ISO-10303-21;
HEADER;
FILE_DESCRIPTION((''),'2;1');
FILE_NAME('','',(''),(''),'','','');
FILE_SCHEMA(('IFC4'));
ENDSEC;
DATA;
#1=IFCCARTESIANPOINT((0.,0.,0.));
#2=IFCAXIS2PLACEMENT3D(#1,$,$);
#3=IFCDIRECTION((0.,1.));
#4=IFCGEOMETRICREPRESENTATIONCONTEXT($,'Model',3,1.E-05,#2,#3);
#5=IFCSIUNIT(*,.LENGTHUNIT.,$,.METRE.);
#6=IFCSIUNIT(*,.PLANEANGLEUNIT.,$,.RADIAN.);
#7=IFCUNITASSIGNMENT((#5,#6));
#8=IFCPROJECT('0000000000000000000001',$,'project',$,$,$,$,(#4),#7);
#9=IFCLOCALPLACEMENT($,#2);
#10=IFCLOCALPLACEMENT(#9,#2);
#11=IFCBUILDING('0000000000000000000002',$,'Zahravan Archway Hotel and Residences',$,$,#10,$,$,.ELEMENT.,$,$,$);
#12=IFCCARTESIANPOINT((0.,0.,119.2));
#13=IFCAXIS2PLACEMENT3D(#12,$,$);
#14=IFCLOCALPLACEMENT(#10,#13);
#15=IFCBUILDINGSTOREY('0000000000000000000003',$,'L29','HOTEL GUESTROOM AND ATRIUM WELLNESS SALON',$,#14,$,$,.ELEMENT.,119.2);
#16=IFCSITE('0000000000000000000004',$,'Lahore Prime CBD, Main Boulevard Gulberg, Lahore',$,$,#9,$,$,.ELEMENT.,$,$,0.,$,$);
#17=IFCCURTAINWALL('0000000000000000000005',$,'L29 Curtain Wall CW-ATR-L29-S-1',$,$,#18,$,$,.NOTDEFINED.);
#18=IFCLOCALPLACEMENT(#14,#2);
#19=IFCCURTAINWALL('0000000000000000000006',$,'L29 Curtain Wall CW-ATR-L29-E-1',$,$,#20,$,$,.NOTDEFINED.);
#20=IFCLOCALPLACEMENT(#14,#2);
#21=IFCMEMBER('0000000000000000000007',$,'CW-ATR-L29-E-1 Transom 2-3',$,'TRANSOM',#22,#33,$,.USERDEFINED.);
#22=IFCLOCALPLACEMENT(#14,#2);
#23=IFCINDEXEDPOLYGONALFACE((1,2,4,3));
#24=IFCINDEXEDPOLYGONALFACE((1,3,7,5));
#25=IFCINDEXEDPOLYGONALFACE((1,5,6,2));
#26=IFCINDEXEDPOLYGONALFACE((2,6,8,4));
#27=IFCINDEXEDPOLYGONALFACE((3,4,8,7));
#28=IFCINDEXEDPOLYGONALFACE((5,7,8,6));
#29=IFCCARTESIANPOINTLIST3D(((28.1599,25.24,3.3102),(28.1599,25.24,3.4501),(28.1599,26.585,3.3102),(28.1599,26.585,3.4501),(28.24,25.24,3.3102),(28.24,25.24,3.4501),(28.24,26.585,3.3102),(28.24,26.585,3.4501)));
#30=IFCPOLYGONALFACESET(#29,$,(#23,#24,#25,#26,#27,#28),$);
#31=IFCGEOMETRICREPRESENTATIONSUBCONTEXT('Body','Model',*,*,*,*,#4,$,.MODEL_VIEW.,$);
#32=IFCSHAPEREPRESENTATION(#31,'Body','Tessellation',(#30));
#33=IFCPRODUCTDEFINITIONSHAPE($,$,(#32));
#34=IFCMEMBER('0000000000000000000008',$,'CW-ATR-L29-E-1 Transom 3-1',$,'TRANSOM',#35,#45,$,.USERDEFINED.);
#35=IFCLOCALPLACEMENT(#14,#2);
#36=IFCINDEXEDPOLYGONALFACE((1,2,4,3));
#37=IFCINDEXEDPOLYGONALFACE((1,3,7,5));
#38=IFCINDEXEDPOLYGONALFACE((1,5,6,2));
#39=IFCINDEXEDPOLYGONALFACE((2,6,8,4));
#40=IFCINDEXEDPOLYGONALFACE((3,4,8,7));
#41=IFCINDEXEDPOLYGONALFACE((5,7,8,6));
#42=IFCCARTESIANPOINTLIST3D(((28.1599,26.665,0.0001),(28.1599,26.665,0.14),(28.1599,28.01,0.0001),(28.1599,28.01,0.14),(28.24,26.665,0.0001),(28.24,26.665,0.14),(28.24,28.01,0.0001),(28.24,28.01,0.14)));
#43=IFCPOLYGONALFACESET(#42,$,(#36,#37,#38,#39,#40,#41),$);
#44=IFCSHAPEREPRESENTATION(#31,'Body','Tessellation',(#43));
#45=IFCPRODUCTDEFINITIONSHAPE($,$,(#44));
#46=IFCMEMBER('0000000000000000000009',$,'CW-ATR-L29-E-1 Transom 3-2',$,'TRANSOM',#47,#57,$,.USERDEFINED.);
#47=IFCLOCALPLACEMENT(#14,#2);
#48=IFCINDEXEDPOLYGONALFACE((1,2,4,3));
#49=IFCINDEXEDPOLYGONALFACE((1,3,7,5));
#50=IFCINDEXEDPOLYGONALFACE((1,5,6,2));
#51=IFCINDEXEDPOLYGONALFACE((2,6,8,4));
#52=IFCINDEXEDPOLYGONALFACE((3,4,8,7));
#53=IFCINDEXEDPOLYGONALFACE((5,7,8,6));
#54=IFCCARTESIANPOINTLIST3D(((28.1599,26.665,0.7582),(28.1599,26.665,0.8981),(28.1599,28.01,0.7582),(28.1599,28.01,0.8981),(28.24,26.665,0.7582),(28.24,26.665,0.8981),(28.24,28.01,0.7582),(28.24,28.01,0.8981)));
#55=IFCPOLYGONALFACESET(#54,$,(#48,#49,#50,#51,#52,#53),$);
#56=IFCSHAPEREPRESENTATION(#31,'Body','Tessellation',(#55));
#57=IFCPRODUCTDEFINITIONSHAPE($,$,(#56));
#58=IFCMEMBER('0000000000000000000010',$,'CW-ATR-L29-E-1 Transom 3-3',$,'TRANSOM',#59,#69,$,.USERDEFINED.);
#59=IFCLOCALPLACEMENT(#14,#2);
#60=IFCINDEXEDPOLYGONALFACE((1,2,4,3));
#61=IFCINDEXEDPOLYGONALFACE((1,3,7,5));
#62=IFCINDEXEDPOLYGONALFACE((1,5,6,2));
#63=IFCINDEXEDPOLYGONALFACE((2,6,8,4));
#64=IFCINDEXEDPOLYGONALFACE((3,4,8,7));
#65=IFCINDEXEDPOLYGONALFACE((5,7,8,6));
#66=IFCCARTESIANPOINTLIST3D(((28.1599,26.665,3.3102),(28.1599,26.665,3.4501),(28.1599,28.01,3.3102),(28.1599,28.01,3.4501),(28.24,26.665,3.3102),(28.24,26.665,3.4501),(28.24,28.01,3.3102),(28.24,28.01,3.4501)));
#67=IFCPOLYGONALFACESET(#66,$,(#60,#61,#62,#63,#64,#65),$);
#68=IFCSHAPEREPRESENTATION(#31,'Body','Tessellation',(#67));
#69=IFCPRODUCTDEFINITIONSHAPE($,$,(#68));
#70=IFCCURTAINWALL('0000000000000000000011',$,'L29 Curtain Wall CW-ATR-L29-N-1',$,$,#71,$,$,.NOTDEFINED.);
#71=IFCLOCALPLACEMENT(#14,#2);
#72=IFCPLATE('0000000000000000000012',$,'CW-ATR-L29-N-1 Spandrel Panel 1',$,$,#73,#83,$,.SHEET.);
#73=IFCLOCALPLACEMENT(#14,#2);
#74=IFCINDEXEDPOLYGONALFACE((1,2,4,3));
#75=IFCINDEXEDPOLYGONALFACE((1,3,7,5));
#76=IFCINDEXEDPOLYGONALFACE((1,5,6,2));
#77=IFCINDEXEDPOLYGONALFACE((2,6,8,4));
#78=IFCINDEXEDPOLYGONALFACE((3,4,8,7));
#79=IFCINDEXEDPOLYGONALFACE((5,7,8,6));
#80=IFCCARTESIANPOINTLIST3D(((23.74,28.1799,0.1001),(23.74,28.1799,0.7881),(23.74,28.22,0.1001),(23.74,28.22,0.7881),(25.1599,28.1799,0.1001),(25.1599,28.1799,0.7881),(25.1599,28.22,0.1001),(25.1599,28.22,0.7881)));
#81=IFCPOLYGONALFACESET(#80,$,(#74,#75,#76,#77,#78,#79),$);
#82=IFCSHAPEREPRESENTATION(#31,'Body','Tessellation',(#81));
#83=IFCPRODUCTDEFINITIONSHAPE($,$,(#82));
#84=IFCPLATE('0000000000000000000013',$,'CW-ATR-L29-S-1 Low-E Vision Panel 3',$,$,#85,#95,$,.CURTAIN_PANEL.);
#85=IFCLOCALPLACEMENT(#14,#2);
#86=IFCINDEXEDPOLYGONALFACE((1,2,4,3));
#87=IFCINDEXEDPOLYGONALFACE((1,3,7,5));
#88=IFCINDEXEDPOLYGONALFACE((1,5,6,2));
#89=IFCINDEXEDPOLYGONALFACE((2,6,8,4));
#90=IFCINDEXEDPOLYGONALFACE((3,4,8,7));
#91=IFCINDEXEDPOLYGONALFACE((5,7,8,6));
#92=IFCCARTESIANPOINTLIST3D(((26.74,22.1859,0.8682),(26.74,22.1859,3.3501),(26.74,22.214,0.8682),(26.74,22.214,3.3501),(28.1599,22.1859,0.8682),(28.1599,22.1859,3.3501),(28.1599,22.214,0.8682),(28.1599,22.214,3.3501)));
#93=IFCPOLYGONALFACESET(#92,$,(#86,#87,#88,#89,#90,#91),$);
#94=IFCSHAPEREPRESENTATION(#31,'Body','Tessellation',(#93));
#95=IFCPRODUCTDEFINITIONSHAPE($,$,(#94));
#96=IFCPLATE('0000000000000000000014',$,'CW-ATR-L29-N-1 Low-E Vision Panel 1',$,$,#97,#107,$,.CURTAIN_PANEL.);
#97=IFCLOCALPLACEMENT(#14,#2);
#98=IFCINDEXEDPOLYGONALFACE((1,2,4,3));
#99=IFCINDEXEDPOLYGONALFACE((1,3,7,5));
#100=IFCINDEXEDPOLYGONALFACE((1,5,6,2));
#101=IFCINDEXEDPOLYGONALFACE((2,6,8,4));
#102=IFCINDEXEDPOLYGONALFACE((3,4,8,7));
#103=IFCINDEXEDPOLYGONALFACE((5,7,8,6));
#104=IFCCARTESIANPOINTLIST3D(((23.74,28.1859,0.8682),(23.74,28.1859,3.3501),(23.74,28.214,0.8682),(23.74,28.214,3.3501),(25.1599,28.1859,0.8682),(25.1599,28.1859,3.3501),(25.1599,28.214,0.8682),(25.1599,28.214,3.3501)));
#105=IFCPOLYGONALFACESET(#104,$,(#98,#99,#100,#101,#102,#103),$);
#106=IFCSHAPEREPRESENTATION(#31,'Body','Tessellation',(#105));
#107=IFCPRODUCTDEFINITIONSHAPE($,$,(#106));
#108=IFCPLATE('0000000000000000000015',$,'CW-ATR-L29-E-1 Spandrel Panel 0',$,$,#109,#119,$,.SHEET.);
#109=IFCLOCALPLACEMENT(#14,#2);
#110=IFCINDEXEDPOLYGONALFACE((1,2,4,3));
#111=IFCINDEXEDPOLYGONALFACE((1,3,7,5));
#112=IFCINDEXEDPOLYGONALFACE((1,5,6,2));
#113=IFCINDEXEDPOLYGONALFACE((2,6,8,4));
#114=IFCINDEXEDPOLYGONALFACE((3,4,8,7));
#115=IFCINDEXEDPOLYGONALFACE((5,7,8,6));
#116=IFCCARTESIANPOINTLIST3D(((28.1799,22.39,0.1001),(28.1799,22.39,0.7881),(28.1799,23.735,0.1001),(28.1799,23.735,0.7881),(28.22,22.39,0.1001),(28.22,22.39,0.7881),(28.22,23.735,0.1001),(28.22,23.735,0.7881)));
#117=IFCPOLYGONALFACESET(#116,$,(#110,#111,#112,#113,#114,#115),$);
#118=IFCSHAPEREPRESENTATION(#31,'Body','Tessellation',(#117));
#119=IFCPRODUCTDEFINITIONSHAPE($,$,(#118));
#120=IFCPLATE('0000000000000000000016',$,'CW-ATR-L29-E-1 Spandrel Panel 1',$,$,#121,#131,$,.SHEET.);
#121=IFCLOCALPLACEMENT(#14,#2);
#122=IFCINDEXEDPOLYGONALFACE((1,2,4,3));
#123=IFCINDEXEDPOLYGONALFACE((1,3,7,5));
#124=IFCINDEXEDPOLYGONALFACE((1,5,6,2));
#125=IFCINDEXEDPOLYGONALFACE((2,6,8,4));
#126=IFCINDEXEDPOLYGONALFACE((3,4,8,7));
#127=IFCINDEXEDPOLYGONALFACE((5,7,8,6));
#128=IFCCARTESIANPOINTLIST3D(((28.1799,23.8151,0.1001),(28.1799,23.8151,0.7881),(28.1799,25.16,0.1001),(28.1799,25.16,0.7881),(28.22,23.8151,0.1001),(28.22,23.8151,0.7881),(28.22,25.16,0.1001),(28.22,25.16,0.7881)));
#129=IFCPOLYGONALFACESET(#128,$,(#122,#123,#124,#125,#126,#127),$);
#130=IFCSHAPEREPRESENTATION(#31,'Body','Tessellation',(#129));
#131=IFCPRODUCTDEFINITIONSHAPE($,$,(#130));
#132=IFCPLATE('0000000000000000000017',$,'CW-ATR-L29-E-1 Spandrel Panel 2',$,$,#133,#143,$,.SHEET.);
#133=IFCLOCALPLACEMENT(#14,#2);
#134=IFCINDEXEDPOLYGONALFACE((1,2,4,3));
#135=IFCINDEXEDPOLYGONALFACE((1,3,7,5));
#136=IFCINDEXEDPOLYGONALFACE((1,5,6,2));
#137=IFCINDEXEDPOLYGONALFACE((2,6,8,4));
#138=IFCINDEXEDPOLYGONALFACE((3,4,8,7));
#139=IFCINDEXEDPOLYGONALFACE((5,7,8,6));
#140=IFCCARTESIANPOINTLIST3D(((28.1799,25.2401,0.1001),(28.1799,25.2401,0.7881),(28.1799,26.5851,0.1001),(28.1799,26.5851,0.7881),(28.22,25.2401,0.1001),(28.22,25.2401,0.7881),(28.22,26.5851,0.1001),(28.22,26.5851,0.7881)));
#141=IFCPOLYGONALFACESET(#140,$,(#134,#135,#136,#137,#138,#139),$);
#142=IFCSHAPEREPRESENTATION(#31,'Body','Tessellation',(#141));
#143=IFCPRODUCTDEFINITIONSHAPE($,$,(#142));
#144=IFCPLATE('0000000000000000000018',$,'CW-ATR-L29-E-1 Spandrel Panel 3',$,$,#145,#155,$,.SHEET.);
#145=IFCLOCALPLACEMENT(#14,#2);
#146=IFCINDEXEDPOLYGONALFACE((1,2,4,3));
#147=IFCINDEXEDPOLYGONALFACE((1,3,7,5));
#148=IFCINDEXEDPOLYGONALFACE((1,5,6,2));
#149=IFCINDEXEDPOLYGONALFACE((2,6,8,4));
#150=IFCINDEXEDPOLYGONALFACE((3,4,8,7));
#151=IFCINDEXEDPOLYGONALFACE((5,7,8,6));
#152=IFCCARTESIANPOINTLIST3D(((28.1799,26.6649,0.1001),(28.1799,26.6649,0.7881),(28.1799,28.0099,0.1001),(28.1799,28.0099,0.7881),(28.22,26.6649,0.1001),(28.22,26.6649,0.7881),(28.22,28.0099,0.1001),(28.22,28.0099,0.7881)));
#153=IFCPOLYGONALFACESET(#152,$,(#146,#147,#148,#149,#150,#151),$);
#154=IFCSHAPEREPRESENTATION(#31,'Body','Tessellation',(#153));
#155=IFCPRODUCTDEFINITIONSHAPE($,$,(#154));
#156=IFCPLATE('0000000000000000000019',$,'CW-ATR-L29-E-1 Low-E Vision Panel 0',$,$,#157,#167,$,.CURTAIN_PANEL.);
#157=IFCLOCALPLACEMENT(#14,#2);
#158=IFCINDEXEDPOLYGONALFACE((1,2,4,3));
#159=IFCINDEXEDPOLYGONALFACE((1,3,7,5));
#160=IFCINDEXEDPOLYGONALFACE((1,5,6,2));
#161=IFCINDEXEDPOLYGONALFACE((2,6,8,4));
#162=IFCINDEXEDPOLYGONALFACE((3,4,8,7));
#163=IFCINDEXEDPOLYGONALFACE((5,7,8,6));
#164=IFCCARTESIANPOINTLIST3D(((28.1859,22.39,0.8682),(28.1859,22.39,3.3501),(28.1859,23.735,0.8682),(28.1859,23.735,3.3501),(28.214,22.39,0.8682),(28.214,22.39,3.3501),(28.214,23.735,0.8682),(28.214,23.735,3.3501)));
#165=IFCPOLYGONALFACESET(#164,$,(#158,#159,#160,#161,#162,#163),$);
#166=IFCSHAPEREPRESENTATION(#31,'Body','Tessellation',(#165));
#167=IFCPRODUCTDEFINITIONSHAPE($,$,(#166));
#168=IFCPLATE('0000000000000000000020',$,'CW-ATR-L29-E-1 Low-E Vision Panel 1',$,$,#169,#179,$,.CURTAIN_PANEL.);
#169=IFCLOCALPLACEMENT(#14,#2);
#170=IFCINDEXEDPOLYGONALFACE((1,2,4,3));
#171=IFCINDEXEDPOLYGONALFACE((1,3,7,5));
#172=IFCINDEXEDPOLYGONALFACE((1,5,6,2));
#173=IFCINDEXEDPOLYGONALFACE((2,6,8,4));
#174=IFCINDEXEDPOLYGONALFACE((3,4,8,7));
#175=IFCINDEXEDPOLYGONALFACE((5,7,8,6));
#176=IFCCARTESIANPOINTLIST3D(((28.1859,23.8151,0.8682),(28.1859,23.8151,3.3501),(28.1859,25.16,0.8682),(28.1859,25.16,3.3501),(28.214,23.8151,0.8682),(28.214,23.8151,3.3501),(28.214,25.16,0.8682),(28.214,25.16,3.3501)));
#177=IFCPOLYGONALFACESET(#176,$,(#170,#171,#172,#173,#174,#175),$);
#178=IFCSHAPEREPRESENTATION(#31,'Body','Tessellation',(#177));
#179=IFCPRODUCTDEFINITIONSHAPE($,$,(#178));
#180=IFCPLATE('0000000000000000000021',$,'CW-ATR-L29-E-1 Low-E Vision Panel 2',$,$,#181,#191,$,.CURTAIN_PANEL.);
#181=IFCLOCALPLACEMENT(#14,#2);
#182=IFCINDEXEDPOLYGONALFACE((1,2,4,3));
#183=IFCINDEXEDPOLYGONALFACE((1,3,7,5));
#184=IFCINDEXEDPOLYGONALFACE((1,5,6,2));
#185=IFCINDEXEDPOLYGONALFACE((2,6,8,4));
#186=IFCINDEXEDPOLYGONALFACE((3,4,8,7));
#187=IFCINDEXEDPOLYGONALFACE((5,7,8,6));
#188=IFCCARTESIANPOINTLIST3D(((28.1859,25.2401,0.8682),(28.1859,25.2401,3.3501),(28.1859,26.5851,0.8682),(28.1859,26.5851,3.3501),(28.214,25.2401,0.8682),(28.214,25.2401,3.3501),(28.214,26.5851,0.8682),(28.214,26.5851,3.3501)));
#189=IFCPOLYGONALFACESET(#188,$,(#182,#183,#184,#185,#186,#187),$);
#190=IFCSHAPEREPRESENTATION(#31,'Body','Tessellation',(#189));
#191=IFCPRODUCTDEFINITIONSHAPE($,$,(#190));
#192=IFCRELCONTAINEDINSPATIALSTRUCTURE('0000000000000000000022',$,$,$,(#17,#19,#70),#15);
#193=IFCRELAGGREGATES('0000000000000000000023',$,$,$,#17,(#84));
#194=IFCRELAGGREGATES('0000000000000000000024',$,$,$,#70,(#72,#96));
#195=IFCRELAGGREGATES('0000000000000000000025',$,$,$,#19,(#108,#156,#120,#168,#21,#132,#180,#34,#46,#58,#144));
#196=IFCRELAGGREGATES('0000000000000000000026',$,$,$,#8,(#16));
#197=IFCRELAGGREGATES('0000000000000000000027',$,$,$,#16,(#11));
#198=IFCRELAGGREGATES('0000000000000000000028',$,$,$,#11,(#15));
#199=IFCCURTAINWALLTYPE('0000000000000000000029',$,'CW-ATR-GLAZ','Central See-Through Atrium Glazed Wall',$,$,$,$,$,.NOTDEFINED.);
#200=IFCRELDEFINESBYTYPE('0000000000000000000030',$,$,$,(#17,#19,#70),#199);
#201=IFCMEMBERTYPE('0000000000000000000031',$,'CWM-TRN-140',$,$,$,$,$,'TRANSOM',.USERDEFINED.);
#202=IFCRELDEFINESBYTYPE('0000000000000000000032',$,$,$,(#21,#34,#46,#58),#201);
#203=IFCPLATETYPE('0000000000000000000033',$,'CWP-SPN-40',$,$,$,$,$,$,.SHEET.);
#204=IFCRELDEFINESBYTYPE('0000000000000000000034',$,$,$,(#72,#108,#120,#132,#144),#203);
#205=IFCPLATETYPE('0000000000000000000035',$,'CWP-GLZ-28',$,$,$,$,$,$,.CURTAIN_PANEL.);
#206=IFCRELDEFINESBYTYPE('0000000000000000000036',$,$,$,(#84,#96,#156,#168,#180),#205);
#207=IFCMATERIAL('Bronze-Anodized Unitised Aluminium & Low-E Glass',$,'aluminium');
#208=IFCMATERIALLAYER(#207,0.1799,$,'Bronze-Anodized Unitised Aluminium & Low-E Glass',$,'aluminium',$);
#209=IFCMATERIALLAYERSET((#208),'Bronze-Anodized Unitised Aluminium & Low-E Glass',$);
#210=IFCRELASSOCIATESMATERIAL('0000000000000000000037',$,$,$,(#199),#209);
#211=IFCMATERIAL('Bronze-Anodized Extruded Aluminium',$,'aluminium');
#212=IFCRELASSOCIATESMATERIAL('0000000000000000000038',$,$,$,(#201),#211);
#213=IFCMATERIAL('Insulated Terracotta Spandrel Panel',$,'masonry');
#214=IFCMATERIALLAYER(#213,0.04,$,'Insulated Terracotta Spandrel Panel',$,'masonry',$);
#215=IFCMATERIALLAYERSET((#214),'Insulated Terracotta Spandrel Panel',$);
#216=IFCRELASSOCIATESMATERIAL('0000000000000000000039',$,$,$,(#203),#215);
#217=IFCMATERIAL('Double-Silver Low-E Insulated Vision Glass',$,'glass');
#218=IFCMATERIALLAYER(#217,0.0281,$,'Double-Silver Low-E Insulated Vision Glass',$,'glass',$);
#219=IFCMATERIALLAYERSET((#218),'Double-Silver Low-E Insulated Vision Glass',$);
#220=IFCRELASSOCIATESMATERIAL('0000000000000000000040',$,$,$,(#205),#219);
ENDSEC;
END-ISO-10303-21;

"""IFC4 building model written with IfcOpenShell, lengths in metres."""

from ifc_helpers import new_model, si_unit, direction, frame, origin, origin_2d, place, context, subcontext, project, spatial, rectangle, extrude, source, transform, mapped, material, layer, layer_set, material_profile, profile_set, type_object, element, aggregate, save


model = new_model("IFC4")

# Units and contexts
model_context = context("Model", 3, precision=1e-05, world=origin(), true_north=direction((0.0, 1.0)))
body_context = subcontext(model_context, "Body", "Model", "MODEL_VIEW")
ifc_project = project(units=[si_unit("LENGTHUNIT", "METRE"), si_unit("PLANEANGLEUNIT", "RADIAN")], contexts=[model_context])

# Site, building, storey
site_placement = place(None, origin())
site = spatial("IfcSite", under=ifc_project, at=site_placement, Name="Lahore Prime CBD, Main Boulevard Gulberg, Lahore", CompositionType="ELEMENT", RefElevation=0.0)
building_placement = place(site_placement, origin())
building = spatial("IfcBuilding", under=site, at=building_placement, Name="Zahravan Archway Hotel and Residences", CompositionType="ELEMENT")
storey_placement = place(building_placement, frame((0.0, 0.0, 119.2)))
storey = spatial("IfcBuildingStorey", under=building, at=storey_placement, Name="L29", Description="HOTEL GUESTROOM AND ATRIUM WELLNESS SALON", CompositionType="ELEMENT", Elevation=119.2)

# Curtain wall
ifc_material_1 = material(Name="Bronze-Anodized Unitised Aluminium & Low-E Glass", Category="aluminium")
ifc_layer_1 = layer(ifc_material_1, 0.1799, Name="Bronze-Anodized Unitised Aluminium & Low-E Glass", Category="aluminium")
ifc_layer_set_1 = layer_set([ifc_layer_1], Name="Bronze-Anodized Unitised Aluminium & Low-E Glass")
curtain_wall_type = type_object("IfcCurtainWallType", Name="CW-ATR-GLAZ", Description="Central See-Through Atrium Glazed Wall", PredefinedType="NOTDEFINED", material=ifc_layer_set_1)
curtain_wall_1_placement = place(storey_placement, origin())
curtain_wall_1 = element("IfcCurtainWall", 1, at=curtain_wall_1_placement, inside=storey, type_object=curtain_wall_type, Name="L29 Curtain Wall CW-ATR-L29-S-1", PredefinedType="NOTDEFINED")
ifc_material_2 = material(Name="Bronze-Anodized Extruded Aluminium", Category="aluminium")

# Curtain wall, members
curtain_wall_2_placement = place(storey_placement, origin())
curtain_wall_2 = element("IfcCurtainWall", 2, at=curtain_wall_2_placement, inside=storey, type_object=curtain_wall_type, Name="L29 Curtain Wall CW-ATR-L29-E-1", PredefinedType="NOTDEFINED")
ifc_material_profile_1 = material_profile(ifc_material_2, rectangle(XDim=0.0801, YDim=0.1399, at=origin_2d()), Name="TRN 80x140", Category="aluminium")
ifc_profile_set_1 = profile_set([ifc_material_profile_1], Name="Bronze-Anodized Extruded Aluminium")
member_type_1 = type_object("IfcMemberType", Name="CWM-TRN-140", ElementType="TRANSOM", PredefinedType="USERDEFINED", material=ifc_profile_set_1)
shared_shape_1 = source(origin(), body_context, "Body", "SweptSolid", [
    extrude(rectangle(XDim=0.0801, YDim=0.1399, at=origin_2d()), origin(), (0.0, 0.0, 1.0), 1.345),
])
member_1_placement = place(storey_placement, frame((28.2, 25.24, 3.3801), z_axis=(0.0, 1.0, 0.0), x_axis=(-1.0, 0.0, 0.0)))
member_1 = element("IfcMember", 3, at=member_1_placement, type_object=member_type_1, Name="CW-ATR-L29-E-1 Transom 2-3", ObjectType="TRANSOM", PredefinedType="USERDEFINED", context=body_context, shape_type="MappedRepresentation", body=[
    mapped(shared_shape_1, transform((0.0, 0.0, 0.0), scale=1.0)),
])
member_2_placement = place(storey_placement, frame((28.2, 26.665, 0.0701), z_axis=(0.0, 1.0, 0.0), x_axis=(-1.0, 0.0, 0.0)))
member_2 = element("IfcMember", 4, at=member_2_placement, type_object=member_type_1, Name="CW-ATR-L29-E-1 Transom 3-1", ObjectType="TRANSOM", PredefinedType="USERDEFINED", context=body_context, shape_type="MappedRepresentation", body=[
    mapped(shared_shape_1, transform((0.0, 0.0, 0.0), scale=1.0)),
])
member_3_placement = place(storey_placement, frame((28.2, 26.665, 0.8281), z_axis=(0.0, 1.0, 0.0), x_axis=(-1.0, 0.0, 0.0)))
member_3 = element("IfcMember", 5, at=member_3_placement, type_object=member_type_1, Name="CW-ATR-L29-E-1 Transom 3-2", ObjectType="TRANSOM", PredefinedType="USERDEFINED", context=body_context, shape_type="MappedRepresentation", body=[
    mapped(shared_shape_1, transform((0.0, 0.0, 0.0), scale=1.0)),
])
member_4_placement = place(storey_placement, frame((28.2, 26.665, 3.3801), z_axis=(0.0, 1.0, 0.0), x_axis=(-1.0, 0.0, 0.0)))
member_4 = element("IfcMember", 6, at=member_4_placement, type_object=member_type_1, Name="CW-ATR-L29-E-1 Transom 3-3", ObjectType="TRANSOM", PredefinedType="USERDEFINED", context=body_context, shape_type="MappedRepresentation", body=[
    mapped(shared_shape_1, transform((0.0, 0.0, 0.0), scale=1.0)),
])

# Curtain wall, plate
curtain_wall_3_placement = place(storey_placement, origin())
curtain_wall_3 = element("IfcCurtainWall", 7, at=curtain_wall_3_placement, inside=storey, type_object=curtain_wall_type, Name="L29 Curtain Wall CW-ATR-L29-N-1", PredefinedType="NOTDEFINED")
ifc_material_3 = material(Name="Insulated Terracotta Spandrel Panel", Category="masonry")
ifc_layer_2 = layer(ifc_material_3, 0.04, Name="Insulated Terracotta Spandrel Panel", Category="masonry")
ifc_layer_set_2 = layer_set([ifc_layer_2], Name="Insulated Terracotta Spandrel Panel")
plate_type_1 = type_object("IfcPlateType", Name="CWP-SPN-40", PredefinedType="SHEET", material=ifc_layer_set_2)
shared_shape_2 = source(origin(), body_context, "Body", "SweptSolid", [
    extrude(rectangle(XDim=1.4199, YDim=0.04, at=origin_2d()), origin(), (0.0, 0.0, 1.0), 0.688),
])
plate_1_placement = place(storey_placement, frame((24.45, 28.2, 0.1001), z_axis=(0.0, 0.0, 1.0), x_axis=(1.0, 0.0, 0.0)))
plate_1 = element("IfcPlate", 8, at=plate_1_placement, type_object=plate_type_1, Name="CW-ATR-L29-N-1 Spandrel Panel 1", PredefinedType="SHEET", context=body_context, shape_type="MappedRepresentation", body=[
    mapped(shared_shape_2, transform((0.0, 0.0, 0.0), scale=1.0)),
])

# Plates
ifc_material_4 = material(Name="Double-Silver Low-E Insulated Vision Glass", Category="glass")
ifc_layer_3 = layer(ifc_material_4, 0.0281, Name="Double-Silver Low-E Insulated Vision Glass", Category="glass")
ifc_layer_set_3 = layer_set([ifc_layer_3], Name="Double-Silver Low-E Insulated Vision Glass")
plate_type_2 = type_object("IfcPlateType", Name="CWP-GLZ-28", PredefinedType="CURTAIN_PANEL", material=ifc_layer_set_3)
shared_shape_3 = source(origin(), body_context, "Body", "SweptSolid", [
    extrude(rectangle(XDim=1.4199, YDim=0.0281, at=origin_2d()), origin(), (0.0, 0.0, 1.0), 2.4819),
])
plate_2_placement = place(storey_placement, frame((27.45, 22.2, 0.8682), z_axis=(0.0, 0.0, 1.0), x_axis=(1.0, 0.0, 0.0)))
plate_2 = element("IfcPlate", 9, at=plate_2_placement, type_object=plate_type_2, Name="CW-ATR-L29-S-1 Low-E Vision Panel 3", PredefinedType="CURTAIN_PANEL", context=body_context, shape_type="MappedRepresentation", body=[
    mapped(shared_shape_3, transform((0.0, 0.0, 0.0), scale=1.0)),
])
aggregate(curtain_wall_1, [plate_2])
plate_3_placement = place(storey_placement, frame((24.45, 28.2, 0.8682), z_axis=(0.0, 0.0, 1.0), x_axis=(1.0, 0.0, 0.0)))
plate_3 = element("IfcPlate", 10, at=plate_3_placement, type_object=plate_type_2, Name="CW-ATR-L29-N-1 Low-E Vision Panel 1", PredefinedType="CURTAIN_PANEL", context=body_context, shape_type="MappedRepresentation", body=[
    mapped(shared_shape_3, transform((0.0, 0.0, 0.0), scale=1.0)),
])
aggregate(curtain_wall_3, [plate_1, plate_3])
shared_shape_4 = source(origin(), body_context, "Body", "SweptSolid", [
    extrude(rectangle(XDim=1.345, YDim=0.04, at=origin_2d()), origin(), (0.0, 0.0, 1.0), 0.688),
])
plate_4_placement = place(storey_placement, frame((28.2, 23.0625, 0.1001), z_axis=(0.0, 0.0, 1.0), x_axis=(0.0, 1.0, 0.0)))
plate_4 = element("IfcPlate", 11, at=plate_4_placement, type_object=plate_type_1, Name="CW-ATR-L29-E-1 Spandrel Panel 0", PredefinedType="SHEET", context=body_context, shape_type="MappedRepresentation", body=[
    mapped(shared_shape_4, transform((0.0, 0.0, 0.0), scale=1.0)),
])
plate_5_placement = place(storey_placement, frame((28.2, 24.4875, 0.1001), z_axis=(0.0, 0.0, 1.0), x_axis=(0.0, 1.0, 0.0)))
plate_5 = element("IfcPlate", 12, at=plate_5_placement, type_object=plate_type_1, Name="CW-ATR-L29-E-1 Spandrel Panel 1", PredefinedType="SHEET", context=body_context, shape_type="MappedRepresentation", body=[
    mapped(shared_shape_4, transform((0.0, 0.0, 0.0), scale=1.0)),
])
plate_6_placement = place(storey_placement, frame((28.2, 25.9126, 0.1001), z_axis=(0.0, 0.0, 1.0), x_axis=(0.0, 1.0, 0.0)))
plate_6 = element("IfcPlate", 13, at=plate_6_placement, type_object=plate_type_1, Name="CW-ATR-L29-E-1 Spandrel Panel 2", PredefinedType="SHEET", context=body_context, shape_type="MappedRepresentation", body=[
    mapped(shared_shape_4, transform((0.0, 0.0, 0.0), scale=1.0)),
])
plate_7_placement = place(storey_placement, frame((28.2, 27.3374, 0.1001), z_axis=(0.0, 0.0, 1.0), x_axis=(0.0, 1.0, 0.0)))
plate_7 = element("IfcPlate", 14, at=plate_7_placement, type_object=plate_type_1, Name="CW-ATR-L29-E-1 Spandrel Panel 3", PredefinedType="SHEET", context=body_context, shape_type="MappedRepresentation", body=[
    mapped(shared_shape_4, transform((0.0, 0.0, 0.0), scale=1.0)),
])
shared_shape_5 = source(origin(), body_context, "Body", "SweptSolid", [
    extrude(rectangle(XDim=1.345, YDim=0.0281, at=origin_2d()), origin(), (0.0, 0.0, 1.0), 2.4819),
])
plate_8_placement = place(storey_placement, frame((28.2, 23.0625, 0.8682), z_axis=(0.0, 0.0, 1.0), x_axis=(0.0, 1.0, 0.0)))
plate_8 = element("IfcPlate", 15, at=plate_8_placement, type_object=plate_type_2, Name="CW-ATR-L29-E-1 Low-E Vision Panel 0", PredefinedType="CURTAIN_PANEL", context=body_context, shape_type="MappedRepresentation", body=[
    mapped(shared_shape_5, transform((0.0, 0.0, 0.0), scale=1.0)),
])
plate_9_placement = place(storey_placement, frame((28.2, 24.4875, 0.8682), z_axis=(0.0, 0.0, 1.0), x_axis=(0.0, 1.0, 0.0)))
plate_9 = element("IfcPlate", 16, at=plate_9_placement, type_object=plate_type_2, Name="CW-ATR-L29-E-1 Low-E Vision Panel 1", PredefinedType="CURTAIN_PANEL", context=body_context, shape_type="MappedRepresentation", body=[
    mapped(shared_shape_5, transform((0.0, 0.0, 0.0), scale=1.0)),
])
plate_10_placement = place(storey_placement, frame((28.2, 25.9126, 0.8682), z_axis=(0.0, 0.0, 1.0), x_axis=(0.0, 1.0, 0.0)))
plate_10 = element("IfcPlate", 17, at=plate_10_placement, type_object=plate_type_2, Name="CW-ATR-L29-E-1 Low-E Vision Panel 2", PredefinedType="CURTAIN_PANEL", context=body_context, shape_type="MappedRepresentation", body=[
    mapped(shared_shape_5, transform((0.0, 0.0, 0.0), scale=1.0)),
])
aggregate(curtain_wall_2, [plate_4, plate_8, plate_5, plate_9, member_1, plate_6, plate_10, member_2, member_3, member_4, plate_7])

save(model, "model.ifc")
